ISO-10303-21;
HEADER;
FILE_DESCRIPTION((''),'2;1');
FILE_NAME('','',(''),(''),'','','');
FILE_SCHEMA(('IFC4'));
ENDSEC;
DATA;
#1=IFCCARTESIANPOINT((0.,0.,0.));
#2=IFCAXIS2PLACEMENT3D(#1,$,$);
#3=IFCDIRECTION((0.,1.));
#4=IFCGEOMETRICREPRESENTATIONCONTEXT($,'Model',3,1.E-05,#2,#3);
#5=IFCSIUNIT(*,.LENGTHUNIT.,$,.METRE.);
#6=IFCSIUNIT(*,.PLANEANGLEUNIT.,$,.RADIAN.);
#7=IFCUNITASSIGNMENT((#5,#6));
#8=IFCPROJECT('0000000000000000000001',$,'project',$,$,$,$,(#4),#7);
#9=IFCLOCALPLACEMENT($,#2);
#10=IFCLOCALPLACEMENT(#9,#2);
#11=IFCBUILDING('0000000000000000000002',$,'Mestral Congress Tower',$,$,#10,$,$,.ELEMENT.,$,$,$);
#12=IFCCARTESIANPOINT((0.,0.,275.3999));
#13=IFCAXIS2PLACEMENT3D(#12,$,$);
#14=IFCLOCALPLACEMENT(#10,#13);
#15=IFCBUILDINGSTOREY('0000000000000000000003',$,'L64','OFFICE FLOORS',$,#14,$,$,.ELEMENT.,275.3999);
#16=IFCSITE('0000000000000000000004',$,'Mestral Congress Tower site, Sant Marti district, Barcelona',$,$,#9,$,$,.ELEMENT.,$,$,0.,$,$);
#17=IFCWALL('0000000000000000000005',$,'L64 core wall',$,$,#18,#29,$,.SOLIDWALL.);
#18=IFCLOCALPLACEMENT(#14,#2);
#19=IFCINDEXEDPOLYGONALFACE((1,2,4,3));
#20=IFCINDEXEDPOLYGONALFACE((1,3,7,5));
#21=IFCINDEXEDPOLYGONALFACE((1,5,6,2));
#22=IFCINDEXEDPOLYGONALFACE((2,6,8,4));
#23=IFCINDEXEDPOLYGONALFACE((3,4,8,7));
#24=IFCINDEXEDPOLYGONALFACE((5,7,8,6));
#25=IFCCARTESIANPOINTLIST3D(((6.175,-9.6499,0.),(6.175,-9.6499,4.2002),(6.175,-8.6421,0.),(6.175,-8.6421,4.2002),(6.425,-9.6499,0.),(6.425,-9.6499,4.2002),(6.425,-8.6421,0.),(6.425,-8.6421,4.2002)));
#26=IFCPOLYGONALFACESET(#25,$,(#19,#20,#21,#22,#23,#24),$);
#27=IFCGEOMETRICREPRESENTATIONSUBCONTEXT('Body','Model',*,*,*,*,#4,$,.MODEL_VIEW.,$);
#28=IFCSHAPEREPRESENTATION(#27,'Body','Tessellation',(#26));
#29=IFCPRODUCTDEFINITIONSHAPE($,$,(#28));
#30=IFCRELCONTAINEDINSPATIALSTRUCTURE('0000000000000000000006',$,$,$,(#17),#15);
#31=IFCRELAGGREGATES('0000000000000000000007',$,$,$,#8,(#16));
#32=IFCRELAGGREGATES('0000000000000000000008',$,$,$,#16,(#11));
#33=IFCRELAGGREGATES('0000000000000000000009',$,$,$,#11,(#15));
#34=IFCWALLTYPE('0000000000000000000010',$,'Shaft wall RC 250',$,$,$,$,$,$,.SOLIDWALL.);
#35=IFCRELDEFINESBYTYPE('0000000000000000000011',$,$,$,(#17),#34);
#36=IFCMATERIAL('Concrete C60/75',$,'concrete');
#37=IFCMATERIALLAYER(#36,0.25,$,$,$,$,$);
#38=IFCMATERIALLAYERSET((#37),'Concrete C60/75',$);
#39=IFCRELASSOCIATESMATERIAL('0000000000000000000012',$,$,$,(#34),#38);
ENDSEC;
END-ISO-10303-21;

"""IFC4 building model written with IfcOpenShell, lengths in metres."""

from ifc_helpers import new_model, si_unit, direction, frame, frame_2d, origin, place, context, subcontext, project, spatial, rectangle, extrude, material, layer, layer_set, type_object, element, save


model = new_model("IFC4")

# Units and contexts
model_context = context("Model", 3, precision=1e-05, world=origin(), true_north=direction((0.0, 1.0)))
body_context = subcontext(model_context, "Body", "Model", "MODEL_VIEW")
ifc_project = project(units=[si_unit("LENGTHUNIT", "METRE"), si_unit("PLANEANGLEUNIT", "RADIAN")], contexts=[model_context])

# Site, building, storey
site_placement = place(None, origin())
site = spatial("IfcSite", under=ifc_project, at=site_placement, Name="Mestral Congress Tower site, Sant Marti district, Barcelona", CompositionType="ELEMENT", RefElevation=0.0)
building_placement = place(site_placement, origin())
building = spatial("IfcBuilding", under=site, at=building_placement, Name="Mestral Congress Tower", CompositionType="ELEMENT")
storey_placement = place(building_placement, frame((0.0, 0.0, 275.3999)))
storey = spatial("IfcBuildingStorey", under=building, at=storey_placement, Name="L64", Description="OFFICE FLOORS", CompositionType="ELEMENT", Elevation=275.3999)

# Shared definitions
ifc_material_1 = material(Name="Concrete C60/75", Category="concrete")

# Wall
ifc_layer_1 = layer(ifc_material_1, 0.25)
ifc_layer_set_1 = layer_set([ifc_layer_1], Name="Concrete C60/75")
wall_type_1 = type_object("IfcWallType", Name="Shaft wall RC 250", PredefinedType="SOLIDWALL", material=ifc_layer_set_1)
wall_1_placement = place(storey_placement, frame((6.3, -9.6499, 0.0), z_axis=(0.0, 0.0, 1.0), x_axis=(0.0, 1.0, 0.0)))
element("IfcWall", 1, at=wall_1_placement, inside=storey, type_object=wall_type_1, Name="L64 core wall", PredefinedType="SOLIDWALL", context=body_context, shape_type="SweptSolid", body=[
    extrude(rectangle(XDim=1.0078, YDim=0.25, at=frame_2d((0.5039, 0.0))), origin(), (0.0, 0.0, 1.0), 4.2002),
])

save(model, "model.ifc")
